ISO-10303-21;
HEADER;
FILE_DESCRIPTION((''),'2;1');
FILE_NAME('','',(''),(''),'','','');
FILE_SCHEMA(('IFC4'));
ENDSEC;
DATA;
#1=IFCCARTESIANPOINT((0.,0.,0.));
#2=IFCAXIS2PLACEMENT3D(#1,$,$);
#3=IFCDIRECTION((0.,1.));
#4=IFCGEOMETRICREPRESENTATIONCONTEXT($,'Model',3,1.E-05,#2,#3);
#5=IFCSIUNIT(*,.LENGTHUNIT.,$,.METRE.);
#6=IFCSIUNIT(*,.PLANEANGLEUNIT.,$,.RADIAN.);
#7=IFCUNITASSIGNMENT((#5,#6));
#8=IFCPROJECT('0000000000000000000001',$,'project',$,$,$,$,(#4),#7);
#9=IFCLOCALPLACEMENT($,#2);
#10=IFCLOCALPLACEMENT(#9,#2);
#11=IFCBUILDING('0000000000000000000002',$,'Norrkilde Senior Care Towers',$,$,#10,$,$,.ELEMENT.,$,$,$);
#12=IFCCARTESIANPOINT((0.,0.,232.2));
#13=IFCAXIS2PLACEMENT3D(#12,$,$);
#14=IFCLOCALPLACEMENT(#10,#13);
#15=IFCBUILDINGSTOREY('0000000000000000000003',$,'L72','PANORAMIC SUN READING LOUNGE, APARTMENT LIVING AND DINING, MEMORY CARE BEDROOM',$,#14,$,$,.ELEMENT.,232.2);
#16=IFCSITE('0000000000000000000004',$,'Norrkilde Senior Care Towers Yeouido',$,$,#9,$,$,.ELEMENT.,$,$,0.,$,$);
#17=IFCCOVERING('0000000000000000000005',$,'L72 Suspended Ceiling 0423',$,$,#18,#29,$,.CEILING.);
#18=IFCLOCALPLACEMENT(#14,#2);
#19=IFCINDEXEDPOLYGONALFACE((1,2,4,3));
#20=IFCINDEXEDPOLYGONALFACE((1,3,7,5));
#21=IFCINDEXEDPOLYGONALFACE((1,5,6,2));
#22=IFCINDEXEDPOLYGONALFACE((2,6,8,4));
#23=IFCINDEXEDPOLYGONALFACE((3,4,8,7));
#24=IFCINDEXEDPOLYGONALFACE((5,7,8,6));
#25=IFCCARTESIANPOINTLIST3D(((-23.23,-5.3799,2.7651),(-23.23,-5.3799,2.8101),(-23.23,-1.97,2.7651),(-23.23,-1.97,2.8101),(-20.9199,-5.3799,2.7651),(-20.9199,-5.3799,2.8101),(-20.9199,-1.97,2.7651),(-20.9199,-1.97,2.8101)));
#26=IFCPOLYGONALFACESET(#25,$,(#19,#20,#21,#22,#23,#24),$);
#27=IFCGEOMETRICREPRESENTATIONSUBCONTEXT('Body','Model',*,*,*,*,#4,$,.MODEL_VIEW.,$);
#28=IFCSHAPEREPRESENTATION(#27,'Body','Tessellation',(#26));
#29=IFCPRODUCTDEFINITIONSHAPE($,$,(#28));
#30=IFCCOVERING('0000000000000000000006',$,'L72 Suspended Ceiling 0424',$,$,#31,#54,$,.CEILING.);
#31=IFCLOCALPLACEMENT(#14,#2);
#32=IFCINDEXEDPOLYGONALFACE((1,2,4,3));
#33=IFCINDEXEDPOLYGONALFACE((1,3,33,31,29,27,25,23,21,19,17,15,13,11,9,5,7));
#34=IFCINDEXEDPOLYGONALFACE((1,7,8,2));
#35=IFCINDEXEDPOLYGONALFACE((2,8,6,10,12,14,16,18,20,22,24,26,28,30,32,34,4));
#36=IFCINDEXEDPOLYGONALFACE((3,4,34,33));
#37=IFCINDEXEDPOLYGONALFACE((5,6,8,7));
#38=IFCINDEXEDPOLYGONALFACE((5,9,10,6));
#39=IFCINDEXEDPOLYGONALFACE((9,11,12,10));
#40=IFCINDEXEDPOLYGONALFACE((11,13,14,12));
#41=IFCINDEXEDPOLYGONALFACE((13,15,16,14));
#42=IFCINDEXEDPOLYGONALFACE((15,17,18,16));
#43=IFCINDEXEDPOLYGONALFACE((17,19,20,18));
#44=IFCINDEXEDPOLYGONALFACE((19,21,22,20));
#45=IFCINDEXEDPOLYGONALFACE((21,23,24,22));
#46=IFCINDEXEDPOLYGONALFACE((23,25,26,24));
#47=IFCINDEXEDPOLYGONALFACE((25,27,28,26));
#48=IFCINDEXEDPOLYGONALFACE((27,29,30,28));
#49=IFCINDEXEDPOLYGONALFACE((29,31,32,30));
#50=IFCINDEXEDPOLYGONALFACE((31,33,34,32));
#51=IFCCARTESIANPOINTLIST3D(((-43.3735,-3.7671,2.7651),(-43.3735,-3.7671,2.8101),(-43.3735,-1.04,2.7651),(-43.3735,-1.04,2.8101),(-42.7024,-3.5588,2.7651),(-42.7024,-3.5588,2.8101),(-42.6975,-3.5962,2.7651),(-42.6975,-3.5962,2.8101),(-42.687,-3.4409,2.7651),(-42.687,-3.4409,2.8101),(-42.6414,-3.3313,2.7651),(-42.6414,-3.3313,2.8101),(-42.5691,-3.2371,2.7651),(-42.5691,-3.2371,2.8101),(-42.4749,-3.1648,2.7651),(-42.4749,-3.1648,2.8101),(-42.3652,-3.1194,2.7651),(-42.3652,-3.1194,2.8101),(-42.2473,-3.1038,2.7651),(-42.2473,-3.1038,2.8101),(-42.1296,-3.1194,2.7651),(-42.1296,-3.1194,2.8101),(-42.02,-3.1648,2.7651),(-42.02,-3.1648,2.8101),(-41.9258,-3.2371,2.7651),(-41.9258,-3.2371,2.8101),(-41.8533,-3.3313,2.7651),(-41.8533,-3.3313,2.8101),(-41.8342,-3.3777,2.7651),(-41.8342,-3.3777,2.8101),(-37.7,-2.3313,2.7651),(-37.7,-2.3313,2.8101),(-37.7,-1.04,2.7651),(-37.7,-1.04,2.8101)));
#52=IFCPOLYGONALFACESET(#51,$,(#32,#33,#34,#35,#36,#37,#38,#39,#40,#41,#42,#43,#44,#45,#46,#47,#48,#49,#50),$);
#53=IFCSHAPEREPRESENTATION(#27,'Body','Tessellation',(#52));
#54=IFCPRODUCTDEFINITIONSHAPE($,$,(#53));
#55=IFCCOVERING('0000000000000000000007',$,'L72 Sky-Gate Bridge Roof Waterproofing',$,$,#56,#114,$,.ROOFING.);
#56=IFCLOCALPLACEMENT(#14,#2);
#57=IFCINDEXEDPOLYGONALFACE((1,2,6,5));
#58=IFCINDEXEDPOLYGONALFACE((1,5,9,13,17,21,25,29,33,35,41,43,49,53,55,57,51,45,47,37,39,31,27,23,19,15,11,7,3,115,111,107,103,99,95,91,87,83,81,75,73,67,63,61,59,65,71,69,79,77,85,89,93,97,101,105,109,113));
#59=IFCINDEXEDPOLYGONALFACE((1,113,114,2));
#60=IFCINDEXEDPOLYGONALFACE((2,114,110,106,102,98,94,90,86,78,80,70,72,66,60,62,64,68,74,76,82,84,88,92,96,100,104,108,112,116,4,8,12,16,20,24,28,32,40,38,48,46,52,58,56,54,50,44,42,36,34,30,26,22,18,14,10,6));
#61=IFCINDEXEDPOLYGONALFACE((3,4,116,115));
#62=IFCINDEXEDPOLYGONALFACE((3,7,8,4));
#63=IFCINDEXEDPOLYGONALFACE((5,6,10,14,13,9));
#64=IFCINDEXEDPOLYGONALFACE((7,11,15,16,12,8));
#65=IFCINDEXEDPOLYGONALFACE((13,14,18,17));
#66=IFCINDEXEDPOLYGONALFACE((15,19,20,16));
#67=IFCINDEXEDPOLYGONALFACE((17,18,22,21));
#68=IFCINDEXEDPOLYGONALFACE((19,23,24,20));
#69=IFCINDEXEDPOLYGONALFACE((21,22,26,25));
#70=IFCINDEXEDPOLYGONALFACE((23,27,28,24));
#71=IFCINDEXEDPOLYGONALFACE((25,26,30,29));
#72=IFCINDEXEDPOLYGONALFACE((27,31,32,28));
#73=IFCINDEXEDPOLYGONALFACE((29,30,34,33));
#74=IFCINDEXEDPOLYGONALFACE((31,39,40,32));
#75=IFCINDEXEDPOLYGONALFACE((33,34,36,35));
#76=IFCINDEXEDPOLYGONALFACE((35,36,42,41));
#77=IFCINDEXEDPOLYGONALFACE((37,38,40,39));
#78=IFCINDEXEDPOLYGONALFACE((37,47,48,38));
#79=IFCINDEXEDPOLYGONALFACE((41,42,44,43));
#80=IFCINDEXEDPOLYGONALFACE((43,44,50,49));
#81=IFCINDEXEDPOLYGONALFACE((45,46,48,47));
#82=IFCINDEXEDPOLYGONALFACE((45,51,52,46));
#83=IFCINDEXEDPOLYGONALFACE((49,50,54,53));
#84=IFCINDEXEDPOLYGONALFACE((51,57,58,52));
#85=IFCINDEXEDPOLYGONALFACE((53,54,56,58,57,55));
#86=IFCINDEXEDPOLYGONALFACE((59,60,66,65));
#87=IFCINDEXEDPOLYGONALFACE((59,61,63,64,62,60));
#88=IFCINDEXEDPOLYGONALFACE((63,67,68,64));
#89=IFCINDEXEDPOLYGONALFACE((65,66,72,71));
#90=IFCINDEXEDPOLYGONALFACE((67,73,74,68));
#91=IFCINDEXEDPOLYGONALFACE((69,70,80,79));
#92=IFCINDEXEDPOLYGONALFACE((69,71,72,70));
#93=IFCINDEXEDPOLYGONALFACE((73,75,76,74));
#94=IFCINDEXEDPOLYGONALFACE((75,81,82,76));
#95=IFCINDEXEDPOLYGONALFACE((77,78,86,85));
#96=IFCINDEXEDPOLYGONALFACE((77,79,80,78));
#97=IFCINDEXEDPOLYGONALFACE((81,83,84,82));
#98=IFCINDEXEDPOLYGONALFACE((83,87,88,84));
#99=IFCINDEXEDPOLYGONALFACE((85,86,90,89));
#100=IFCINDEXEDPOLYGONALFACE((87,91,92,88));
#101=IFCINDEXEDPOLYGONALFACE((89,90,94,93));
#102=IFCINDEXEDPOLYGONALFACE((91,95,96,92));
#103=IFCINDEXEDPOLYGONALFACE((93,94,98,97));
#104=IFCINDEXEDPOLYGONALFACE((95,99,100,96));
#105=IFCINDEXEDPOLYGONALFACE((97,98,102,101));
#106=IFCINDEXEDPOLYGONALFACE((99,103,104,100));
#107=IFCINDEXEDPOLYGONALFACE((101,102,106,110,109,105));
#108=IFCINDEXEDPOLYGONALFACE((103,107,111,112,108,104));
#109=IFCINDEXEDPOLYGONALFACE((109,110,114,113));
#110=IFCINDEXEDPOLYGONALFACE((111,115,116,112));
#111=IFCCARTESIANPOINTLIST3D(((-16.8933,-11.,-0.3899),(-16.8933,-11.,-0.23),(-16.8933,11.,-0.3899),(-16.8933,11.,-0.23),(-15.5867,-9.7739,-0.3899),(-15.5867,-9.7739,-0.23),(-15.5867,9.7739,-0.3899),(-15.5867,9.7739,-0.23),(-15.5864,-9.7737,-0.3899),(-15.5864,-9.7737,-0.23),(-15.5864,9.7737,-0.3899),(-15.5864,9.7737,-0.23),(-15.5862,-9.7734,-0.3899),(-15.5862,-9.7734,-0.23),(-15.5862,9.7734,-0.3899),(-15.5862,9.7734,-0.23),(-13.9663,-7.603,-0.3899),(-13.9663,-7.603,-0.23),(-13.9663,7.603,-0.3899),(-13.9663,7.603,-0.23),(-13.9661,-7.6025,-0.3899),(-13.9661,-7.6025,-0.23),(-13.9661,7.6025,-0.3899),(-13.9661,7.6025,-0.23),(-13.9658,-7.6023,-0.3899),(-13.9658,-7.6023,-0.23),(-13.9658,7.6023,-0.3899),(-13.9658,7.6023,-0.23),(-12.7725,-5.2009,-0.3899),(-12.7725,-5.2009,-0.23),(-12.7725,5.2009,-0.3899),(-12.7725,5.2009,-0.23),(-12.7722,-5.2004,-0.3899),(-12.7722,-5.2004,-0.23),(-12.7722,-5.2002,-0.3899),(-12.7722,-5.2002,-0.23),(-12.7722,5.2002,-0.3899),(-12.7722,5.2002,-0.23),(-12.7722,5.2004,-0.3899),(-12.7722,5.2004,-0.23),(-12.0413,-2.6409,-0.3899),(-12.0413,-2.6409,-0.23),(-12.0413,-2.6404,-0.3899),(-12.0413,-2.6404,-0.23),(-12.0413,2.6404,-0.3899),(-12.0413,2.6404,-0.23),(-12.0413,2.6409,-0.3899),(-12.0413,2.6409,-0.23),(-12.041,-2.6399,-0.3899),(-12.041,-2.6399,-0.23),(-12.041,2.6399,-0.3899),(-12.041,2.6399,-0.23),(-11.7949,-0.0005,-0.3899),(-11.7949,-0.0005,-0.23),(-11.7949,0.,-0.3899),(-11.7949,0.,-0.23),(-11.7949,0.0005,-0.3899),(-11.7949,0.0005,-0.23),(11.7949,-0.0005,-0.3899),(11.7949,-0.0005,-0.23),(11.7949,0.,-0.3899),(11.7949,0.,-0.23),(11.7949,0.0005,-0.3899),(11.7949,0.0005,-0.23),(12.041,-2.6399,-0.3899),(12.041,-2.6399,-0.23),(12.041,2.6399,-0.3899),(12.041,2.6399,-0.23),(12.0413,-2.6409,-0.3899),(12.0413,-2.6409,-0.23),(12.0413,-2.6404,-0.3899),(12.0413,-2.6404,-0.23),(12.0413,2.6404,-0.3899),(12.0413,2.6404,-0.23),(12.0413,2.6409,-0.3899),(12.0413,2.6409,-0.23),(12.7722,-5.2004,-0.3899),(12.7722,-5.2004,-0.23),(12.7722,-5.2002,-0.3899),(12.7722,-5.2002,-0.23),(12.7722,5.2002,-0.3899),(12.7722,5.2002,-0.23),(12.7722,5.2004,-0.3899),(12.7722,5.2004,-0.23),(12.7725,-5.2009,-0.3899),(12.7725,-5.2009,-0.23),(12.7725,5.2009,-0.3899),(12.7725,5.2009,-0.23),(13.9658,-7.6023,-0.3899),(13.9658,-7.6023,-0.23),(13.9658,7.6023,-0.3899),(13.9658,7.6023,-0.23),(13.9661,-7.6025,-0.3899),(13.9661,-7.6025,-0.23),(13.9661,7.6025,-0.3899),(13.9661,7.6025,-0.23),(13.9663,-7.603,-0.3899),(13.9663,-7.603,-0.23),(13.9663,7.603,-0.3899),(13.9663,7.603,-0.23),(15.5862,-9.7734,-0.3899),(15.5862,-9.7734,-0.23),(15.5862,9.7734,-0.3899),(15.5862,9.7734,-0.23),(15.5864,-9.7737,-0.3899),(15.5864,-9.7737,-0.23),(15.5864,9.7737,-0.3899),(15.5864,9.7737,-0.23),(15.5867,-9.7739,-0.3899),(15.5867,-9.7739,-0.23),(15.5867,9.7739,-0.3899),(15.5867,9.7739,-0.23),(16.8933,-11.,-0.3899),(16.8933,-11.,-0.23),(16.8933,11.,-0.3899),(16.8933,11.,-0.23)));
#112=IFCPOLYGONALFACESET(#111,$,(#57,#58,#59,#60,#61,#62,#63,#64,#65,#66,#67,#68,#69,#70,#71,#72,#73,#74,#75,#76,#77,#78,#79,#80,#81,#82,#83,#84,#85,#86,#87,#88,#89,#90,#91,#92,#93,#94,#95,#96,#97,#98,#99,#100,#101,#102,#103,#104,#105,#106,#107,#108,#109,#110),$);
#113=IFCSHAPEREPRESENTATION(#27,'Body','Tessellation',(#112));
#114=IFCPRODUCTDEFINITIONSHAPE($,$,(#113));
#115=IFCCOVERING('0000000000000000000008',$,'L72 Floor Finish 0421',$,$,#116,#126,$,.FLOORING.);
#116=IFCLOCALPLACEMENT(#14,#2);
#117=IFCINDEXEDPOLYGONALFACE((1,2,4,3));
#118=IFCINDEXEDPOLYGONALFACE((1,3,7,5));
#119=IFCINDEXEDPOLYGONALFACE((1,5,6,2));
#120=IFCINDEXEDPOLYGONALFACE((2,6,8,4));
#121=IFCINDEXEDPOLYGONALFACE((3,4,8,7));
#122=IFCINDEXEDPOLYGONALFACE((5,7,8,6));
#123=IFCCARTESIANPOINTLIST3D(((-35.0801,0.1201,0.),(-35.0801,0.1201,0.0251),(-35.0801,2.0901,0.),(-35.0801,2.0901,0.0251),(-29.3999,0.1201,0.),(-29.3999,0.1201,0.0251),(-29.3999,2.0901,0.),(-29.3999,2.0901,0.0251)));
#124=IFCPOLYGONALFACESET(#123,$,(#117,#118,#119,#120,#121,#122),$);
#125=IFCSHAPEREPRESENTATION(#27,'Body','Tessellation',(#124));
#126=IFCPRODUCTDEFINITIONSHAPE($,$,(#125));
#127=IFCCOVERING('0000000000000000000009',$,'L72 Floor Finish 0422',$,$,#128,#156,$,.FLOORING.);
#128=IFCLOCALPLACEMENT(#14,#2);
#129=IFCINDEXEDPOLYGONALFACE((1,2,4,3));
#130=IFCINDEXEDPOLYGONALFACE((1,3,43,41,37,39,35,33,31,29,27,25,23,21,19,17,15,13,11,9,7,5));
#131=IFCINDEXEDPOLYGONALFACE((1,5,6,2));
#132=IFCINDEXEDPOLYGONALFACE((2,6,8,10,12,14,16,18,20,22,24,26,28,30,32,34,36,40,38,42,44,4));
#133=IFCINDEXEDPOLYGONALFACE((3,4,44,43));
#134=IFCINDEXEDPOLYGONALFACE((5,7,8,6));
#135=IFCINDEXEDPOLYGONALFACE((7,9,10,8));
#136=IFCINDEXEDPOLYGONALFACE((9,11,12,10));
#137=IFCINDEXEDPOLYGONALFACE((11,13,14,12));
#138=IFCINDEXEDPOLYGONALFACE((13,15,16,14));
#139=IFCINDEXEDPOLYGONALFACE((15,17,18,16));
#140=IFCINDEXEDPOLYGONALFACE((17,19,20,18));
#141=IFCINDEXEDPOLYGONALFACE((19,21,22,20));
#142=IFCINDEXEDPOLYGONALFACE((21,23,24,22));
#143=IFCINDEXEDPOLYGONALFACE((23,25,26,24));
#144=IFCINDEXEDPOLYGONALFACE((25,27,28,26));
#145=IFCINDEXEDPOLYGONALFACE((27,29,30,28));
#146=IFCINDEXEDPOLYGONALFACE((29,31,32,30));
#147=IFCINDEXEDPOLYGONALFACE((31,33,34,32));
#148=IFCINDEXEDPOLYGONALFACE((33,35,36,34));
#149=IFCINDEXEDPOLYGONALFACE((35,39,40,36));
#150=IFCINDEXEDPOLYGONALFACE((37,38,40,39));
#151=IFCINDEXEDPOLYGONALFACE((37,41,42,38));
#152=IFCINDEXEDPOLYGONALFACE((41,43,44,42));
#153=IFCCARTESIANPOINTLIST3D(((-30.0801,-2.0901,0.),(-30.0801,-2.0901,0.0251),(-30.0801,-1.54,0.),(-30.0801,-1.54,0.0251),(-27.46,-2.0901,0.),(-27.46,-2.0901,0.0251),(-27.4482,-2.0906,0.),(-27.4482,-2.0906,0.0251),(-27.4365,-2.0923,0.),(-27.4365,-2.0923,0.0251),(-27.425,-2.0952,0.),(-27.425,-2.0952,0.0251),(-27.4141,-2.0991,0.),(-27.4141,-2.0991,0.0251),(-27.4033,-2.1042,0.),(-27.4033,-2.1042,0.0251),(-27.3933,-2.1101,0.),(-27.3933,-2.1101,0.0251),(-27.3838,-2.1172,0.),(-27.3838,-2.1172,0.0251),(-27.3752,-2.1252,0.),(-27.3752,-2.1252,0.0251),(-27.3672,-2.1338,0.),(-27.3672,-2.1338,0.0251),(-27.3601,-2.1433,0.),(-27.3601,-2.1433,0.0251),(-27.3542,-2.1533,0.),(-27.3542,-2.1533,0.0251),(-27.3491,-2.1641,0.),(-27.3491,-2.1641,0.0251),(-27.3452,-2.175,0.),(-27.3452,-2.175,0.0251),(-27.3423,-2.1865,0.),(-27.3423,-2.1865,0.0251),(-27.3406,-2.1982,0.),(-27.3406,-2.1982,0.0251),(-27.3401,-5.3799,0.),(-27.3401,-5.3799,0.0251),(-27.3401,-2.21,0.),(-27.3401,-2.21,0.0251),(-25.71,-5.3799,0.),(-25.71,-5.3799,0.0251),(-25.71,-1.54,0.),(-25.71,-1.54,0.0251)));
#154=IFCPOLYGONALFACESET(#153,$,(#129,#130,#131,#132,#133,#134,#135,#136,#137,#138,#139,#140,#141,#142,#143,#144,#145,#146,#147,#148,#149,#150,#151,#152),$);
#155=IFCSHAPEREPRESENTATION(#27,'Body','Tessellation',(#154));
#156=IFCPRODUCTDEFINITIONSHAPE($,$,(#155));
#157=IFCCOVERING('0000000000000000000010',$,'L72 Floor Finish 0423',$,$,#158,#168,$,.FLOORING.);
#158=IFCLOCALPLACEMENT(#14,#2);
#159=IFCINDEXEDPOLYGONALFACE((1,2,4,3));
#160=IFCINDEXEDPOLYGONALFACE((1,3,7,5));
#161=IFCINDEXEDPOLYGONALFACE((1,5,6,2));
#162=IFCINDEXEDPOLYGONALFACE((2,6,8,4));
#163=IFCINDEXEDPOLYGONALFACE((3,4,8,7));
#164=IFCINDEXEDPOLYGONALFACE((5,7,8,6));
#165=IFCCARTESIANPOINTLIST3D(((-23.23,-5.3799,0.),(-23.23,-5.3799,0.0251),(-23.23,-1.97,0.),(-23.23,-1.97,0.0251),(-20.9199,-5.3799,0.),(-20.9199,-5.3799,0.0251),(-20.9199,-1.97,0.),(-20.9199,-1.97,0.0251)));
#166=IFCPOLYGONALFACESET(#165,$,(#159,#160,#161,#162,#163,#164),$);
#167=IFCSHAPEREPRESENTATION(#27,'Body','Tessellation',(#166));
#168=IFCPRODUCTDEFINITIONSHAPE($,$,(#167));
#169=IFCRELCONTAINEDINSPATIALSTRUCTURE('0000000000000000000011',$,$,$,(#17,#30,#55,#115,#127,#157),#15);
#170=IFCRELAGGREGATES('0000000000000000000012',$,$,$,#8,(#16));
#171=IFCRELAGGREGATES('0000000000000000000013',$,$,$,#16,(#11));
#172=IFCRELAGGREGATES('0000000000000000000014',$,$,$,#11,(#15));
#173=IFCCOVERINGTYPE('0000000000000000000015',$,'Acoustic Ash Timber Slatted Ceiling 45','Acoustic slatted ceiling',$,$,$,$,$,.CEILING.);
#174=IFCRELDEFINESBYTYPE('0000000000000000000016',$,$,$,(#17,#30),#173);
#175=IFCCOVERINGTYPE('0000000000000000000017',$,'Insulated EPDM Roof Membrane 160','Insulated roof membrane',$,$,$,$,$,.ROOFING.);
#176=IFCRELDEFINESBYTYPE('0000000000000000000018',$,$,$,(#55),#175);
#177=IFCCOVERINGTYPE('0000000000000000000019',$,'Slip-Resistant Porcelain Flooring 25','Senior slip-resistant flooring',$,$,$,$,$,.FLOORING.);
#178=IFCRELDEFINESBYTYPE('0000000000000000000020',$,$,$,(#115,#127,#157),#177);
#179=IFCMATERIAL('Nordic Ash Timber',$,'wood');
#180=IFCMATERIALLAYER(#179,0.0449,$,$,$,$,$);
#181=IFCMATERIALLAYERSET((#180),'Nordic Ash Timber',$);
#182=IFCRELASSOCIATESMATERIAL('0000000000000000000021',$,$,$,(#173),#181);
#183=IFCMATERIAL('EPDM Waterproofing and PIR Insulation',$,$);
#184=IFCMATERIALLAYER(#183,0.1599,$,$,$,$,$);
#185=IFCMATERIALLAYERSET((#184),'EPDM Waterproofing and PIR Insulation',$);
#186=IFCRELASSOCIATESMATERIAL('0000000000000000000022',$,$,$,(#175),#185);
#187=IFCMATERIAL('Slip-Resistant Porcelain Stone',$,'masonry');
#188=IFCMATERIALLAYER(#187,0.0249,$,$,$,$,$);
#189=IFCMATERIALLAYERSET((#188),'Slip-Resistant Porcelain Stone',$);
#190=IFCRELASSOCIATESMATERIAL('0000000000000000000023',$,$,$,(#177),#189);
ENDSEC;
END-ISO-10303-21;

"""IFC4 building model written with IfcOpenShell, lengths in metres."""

from ifc_helpers import new_model, si_unit, direction, frame, origin, place, context, subcontext, project, spatial, polyline, outline, extrude, material, layer, layer_set, type_object, element, save


model = new_model("IFC4")

# Units and contexts
model_context = context("Model", 3, precision=1e-05, world=origin(), true_north=direction((0.0, 1.0)))
body_context = subcontext(model_context, "Body", "Model", "MODEL_VIEW")
ifc_project = project(units=[si_unit("LENGTHUNIT", "METRE"), si_unit("PLANEANGLEUNIT", "RADIAN")], contexts=[model_context])

# Site, building, storey
site_placement = place(None, origin())
site = spatial("IfcSite", under=ifc_project, at=site_placement, Name="Norrkilde Senior Care Towers Yeouido", CompositionType="ELEMENT", RefElevation=0.0)
building_placement = place(site_placement, origin())
building = spatial("IfcBuilding", under=site, at=building_placement, Name="Norrkilde Senior Care Towers", CompositionType="ELEMENT")
storey_placement = place(building_placement, frame((0.0, 0.0, 232.2)))
storey = spatial("IfcBuildingStorey", under=building, at=storey_placement, Name="L72", Description="PANORAMIC SUN READING LOUNGE, APARTMENT LIVING AND DINING, MEMORY CARE BEDROOM", CompositionType="ELEMENT", Elevation=232.2)

# Shared definitions
ifc_material_1 = material(Name="Nordic Ash Timber", Category="wood")

# Coverings
ifc_layer_1 = layer(ifc_material_1, 0.0449)
ifc_layer_set_1 = layer_set([ifc_layer_1], Name="Nordic Ash Timber")
covering_type_1 = type_object("IfcCoveringType", Name="Acoustic Ash Timber Slatted Ceiling 45", Description="Acoustic slatted ceiling", PredefinedType="CEILING", material=ifc_layer_set_1)
covering_1_placement = place(storey_placement, frame((0.0, 0.0, 2.7651)))
element("IfcCovering", 1, at=covering_1_placement, inside=storey, type_object=covering_type_1, Name="L72 Suspended Ceiling 0423", PredefinedType="CEILING", context=body_context, shape_type="SweptSolid", body=[
    extrude(outline(polyline([(-23.23, -5.3799), (-23.23, -1.97), (-20.9199, -1.97), (-20.9199, -5.3799), (-23.23, -5.3799)])), origin(), (0.0, 0.0, 1.0), 0.0449),
])
covering_2_placement = place(storey_placement, frame((0.0, 0.0, 2.7651)))
element("IfcCovering", 2, at=covering_2_placement, inside=storey, type_object=covering_type_1, Name="L72 Suspended Ceiling 0424", PredefinedType="CEILING", context=body_context, shape_type="SweptSolid", body=[
    extrude(outline(polyline([(-37.7, -1.04), (-37.7, -2.3313), (-41.8342, -3.3777), (-41.8533, -3.3313), (-41.9258, -3.2371), (-42.02, -3.1648), (-42.1296, -3.1194), (-42.2473, -3.1038), (-42.3652, -3.1194), (-42.4749, -3.1648), (-42.5691, -3.2371), (-42.6414, -3.3313), (-42.687, -3.4409), (-42.7024, -3.5588), (-42.6975, -3.5962), (-43.3735, -3.7671), (-43.3735, -1.04), (-37.7, -1.04)])), origin(), (0.0, 0.0, 1.0), 0.0449),
])
ifc_material_2 = material(Name="EPDM Waterproofing and PIR Insulation")
ifc_layer_2 = layer(ifc_material_2, 0.1599)
ifc_layer_set_2 = layer_set([ifc_layer_2], Name="EPDM Waterproofing and PIR Insulation")
covering_type_2 = type_object("IfcCoveringType", Name="Insulated EPDM Roof Membrane 160", Description="Insulated roof membrane", PredefinedType="ROOFING", material=ifc_layer_set_2)
covering_3_placement = place(storey_placement, frame((0.0, 0.0, -0.3899)))
element("IfcCovering", 3, at=covering_3_placement, inside=storey, type_object=covering_type_2, Name="L72 Sky-Gate Bridge Roof Waterproofing", PredefinedType="ROOFING", context=body_context, shape_type="SweptSolid", body=[
    extrude(outline(polyline([(16.8933, 11.0), (15.5867, 9.7739), (15.5864, 9.7737), (15.5862, 9.7734), (13.9663, 7.603), (13.9661, 7.6025), (13.9658, 7.6023), (12.7725, 5.2009), (12.7722, 5.2004), (12.7722, 5.2002), (12.0413, 2.6409), (12.0413, 2.6404), (12.041, 2.6399), (11.7949, 0.0005), (11.7949, 0.0), (11.7949, -0.0005), (12.041, -2.6399), (12.0413, -2.6404), (12.0413, -2.6409), (12.7722, -5.2002), (12.7722, -5.2004), (12.7725, -5.2009), (13.9658, -7.6023), (13.9661, -7.6025), (13.9663, -7.603), (15.5862, -9.7734), (15.5864, -9.7737), (15.5867, -9.7739), (16.8933, -11.0), (-16.8933, -11.0), (-15.5867, -9.7739), (-15.5864, -9.7737), (-15.5862, -9.7734), (-13.9663, -7.603), (-13.9661, -7.6025), (-13.9658, -7.6023), (-12.7725, -5.2009), (-12.7722, -5.2004), (-12.7722, -5.2002), (-12.0413, -2.6409), (-12.0413, -2.6404), (-12.041, -2.6399), (-11.7949, -0.0005), (-11.7949, 0.0), (-11.7949, 0.0005), (-12.041, 2.6399), (-12.0413, 2.6404), (-12.0413, 2.6409), (-12.7722, 5.2002), (-12.7722, 5.2004), (-12.7725, 5.2009), (-13.9658, 7.6023), (-13.9661, 7.6025), (-13.9663, 7.603), (-15.5862, 9.7734), (-15.5864, 9.7737), (-15.5867, 9.7739), (-16.8933, 11.0), (16.8933, 11.0)])), origin(), (0.0, 0.0, 1.0), 0.1599),
])
ifc_material_3 = material(Name="Slip-Resistant Porcelain Stone", Category="masonry")
ifc_layer_3 = layer(ifc_material_3, 0.0249)
ifc_layer_set_3 = layer_set([ifc_layer_3], Name="Slip-Resistant Porcelain Stone")
covering_type_3 = type_object("IfcCoveringType", Name="Slip-Resistant Porcelain Flooring 25", Description="Senior slip-resistant flooring", PredefinedType="FLOORING", material=ifc_layer_set_3)
covering_4_placement = place(storey_placement, origin())
element("IfcCovering", 4, at=covering_4_placement, inside=storey, type_object=covering_type_3, Name="L72 Floor Finish 0421", PredefinedType="FLOORING", context=body_context, shape_type="SweptSolid", body=[
    extrude(outline(polyline([(-29.3999, 0.1201), (-35.0801, 0.1201), (-35.0801, 2.0901), (-29.3999, 2.0901), (-29.3999, 0.1201)])), origin(), (0.0, 0.0, 1.0), 0.0251),
])
covering_5_placement = place(storey_placement, origin())
element("IfcCovering", 5, at=covering_5_placement, inside=storey, type_object=covering_type_3, Name="L72 Floor Finish 0422", PredefinedType="FLOORING", context=body_context, shape_type="SweptSolid", body=[
    extrude(outline(polyline([(-27.3452, -2.175), (-27.3491, -2.1641), (-27.3542, -2.1533), (-27.3601, -2.1433), (-27.3672, -2.1338), (-27.3752, -2.1252), (-27.3838, -2.1172), (-27.3933, -2.1101), (-27.4033, -2.1042), (-27.4141, -2.0991), (-27.425, -2.0952), (-27.4365, -2.0923), (-27.4482, -2.0906), (-27.46, -2.0901), (-30.0801, -2.0901), (-30.0801, -1.54), (-25.71, -1.54), (-25.71, -5.3799), (-27.3401, -5.3799), (-27.3401, -2.21), (-27.3406, -2.1982), (-27.3423, -2.1865), (-27.3452, -2.175)])), origin(), (0.0, 0.0, 1.0), 0.0251),
])
covering_6_placement = place(storey_placement, origin())
element("IfcCovering", 6, at=covering_6_placement, inside=storey, type_object=covering_type_3, Name="L72 Floor Finish 0423", PredefinedType="FLOORING", context=body_context, shape_type="SweptSolid", body=[
    extrude(outline(polyline([(-23.23, -5.3799), (-23.23, -1.97), (-20.9199, -1.97), (-20.9199, -5.3799), (-23.23, -5.3799)])), origin(), (0.0, 0.0, 1.0), 0.0251),
])

save(model, "model.ifc")
